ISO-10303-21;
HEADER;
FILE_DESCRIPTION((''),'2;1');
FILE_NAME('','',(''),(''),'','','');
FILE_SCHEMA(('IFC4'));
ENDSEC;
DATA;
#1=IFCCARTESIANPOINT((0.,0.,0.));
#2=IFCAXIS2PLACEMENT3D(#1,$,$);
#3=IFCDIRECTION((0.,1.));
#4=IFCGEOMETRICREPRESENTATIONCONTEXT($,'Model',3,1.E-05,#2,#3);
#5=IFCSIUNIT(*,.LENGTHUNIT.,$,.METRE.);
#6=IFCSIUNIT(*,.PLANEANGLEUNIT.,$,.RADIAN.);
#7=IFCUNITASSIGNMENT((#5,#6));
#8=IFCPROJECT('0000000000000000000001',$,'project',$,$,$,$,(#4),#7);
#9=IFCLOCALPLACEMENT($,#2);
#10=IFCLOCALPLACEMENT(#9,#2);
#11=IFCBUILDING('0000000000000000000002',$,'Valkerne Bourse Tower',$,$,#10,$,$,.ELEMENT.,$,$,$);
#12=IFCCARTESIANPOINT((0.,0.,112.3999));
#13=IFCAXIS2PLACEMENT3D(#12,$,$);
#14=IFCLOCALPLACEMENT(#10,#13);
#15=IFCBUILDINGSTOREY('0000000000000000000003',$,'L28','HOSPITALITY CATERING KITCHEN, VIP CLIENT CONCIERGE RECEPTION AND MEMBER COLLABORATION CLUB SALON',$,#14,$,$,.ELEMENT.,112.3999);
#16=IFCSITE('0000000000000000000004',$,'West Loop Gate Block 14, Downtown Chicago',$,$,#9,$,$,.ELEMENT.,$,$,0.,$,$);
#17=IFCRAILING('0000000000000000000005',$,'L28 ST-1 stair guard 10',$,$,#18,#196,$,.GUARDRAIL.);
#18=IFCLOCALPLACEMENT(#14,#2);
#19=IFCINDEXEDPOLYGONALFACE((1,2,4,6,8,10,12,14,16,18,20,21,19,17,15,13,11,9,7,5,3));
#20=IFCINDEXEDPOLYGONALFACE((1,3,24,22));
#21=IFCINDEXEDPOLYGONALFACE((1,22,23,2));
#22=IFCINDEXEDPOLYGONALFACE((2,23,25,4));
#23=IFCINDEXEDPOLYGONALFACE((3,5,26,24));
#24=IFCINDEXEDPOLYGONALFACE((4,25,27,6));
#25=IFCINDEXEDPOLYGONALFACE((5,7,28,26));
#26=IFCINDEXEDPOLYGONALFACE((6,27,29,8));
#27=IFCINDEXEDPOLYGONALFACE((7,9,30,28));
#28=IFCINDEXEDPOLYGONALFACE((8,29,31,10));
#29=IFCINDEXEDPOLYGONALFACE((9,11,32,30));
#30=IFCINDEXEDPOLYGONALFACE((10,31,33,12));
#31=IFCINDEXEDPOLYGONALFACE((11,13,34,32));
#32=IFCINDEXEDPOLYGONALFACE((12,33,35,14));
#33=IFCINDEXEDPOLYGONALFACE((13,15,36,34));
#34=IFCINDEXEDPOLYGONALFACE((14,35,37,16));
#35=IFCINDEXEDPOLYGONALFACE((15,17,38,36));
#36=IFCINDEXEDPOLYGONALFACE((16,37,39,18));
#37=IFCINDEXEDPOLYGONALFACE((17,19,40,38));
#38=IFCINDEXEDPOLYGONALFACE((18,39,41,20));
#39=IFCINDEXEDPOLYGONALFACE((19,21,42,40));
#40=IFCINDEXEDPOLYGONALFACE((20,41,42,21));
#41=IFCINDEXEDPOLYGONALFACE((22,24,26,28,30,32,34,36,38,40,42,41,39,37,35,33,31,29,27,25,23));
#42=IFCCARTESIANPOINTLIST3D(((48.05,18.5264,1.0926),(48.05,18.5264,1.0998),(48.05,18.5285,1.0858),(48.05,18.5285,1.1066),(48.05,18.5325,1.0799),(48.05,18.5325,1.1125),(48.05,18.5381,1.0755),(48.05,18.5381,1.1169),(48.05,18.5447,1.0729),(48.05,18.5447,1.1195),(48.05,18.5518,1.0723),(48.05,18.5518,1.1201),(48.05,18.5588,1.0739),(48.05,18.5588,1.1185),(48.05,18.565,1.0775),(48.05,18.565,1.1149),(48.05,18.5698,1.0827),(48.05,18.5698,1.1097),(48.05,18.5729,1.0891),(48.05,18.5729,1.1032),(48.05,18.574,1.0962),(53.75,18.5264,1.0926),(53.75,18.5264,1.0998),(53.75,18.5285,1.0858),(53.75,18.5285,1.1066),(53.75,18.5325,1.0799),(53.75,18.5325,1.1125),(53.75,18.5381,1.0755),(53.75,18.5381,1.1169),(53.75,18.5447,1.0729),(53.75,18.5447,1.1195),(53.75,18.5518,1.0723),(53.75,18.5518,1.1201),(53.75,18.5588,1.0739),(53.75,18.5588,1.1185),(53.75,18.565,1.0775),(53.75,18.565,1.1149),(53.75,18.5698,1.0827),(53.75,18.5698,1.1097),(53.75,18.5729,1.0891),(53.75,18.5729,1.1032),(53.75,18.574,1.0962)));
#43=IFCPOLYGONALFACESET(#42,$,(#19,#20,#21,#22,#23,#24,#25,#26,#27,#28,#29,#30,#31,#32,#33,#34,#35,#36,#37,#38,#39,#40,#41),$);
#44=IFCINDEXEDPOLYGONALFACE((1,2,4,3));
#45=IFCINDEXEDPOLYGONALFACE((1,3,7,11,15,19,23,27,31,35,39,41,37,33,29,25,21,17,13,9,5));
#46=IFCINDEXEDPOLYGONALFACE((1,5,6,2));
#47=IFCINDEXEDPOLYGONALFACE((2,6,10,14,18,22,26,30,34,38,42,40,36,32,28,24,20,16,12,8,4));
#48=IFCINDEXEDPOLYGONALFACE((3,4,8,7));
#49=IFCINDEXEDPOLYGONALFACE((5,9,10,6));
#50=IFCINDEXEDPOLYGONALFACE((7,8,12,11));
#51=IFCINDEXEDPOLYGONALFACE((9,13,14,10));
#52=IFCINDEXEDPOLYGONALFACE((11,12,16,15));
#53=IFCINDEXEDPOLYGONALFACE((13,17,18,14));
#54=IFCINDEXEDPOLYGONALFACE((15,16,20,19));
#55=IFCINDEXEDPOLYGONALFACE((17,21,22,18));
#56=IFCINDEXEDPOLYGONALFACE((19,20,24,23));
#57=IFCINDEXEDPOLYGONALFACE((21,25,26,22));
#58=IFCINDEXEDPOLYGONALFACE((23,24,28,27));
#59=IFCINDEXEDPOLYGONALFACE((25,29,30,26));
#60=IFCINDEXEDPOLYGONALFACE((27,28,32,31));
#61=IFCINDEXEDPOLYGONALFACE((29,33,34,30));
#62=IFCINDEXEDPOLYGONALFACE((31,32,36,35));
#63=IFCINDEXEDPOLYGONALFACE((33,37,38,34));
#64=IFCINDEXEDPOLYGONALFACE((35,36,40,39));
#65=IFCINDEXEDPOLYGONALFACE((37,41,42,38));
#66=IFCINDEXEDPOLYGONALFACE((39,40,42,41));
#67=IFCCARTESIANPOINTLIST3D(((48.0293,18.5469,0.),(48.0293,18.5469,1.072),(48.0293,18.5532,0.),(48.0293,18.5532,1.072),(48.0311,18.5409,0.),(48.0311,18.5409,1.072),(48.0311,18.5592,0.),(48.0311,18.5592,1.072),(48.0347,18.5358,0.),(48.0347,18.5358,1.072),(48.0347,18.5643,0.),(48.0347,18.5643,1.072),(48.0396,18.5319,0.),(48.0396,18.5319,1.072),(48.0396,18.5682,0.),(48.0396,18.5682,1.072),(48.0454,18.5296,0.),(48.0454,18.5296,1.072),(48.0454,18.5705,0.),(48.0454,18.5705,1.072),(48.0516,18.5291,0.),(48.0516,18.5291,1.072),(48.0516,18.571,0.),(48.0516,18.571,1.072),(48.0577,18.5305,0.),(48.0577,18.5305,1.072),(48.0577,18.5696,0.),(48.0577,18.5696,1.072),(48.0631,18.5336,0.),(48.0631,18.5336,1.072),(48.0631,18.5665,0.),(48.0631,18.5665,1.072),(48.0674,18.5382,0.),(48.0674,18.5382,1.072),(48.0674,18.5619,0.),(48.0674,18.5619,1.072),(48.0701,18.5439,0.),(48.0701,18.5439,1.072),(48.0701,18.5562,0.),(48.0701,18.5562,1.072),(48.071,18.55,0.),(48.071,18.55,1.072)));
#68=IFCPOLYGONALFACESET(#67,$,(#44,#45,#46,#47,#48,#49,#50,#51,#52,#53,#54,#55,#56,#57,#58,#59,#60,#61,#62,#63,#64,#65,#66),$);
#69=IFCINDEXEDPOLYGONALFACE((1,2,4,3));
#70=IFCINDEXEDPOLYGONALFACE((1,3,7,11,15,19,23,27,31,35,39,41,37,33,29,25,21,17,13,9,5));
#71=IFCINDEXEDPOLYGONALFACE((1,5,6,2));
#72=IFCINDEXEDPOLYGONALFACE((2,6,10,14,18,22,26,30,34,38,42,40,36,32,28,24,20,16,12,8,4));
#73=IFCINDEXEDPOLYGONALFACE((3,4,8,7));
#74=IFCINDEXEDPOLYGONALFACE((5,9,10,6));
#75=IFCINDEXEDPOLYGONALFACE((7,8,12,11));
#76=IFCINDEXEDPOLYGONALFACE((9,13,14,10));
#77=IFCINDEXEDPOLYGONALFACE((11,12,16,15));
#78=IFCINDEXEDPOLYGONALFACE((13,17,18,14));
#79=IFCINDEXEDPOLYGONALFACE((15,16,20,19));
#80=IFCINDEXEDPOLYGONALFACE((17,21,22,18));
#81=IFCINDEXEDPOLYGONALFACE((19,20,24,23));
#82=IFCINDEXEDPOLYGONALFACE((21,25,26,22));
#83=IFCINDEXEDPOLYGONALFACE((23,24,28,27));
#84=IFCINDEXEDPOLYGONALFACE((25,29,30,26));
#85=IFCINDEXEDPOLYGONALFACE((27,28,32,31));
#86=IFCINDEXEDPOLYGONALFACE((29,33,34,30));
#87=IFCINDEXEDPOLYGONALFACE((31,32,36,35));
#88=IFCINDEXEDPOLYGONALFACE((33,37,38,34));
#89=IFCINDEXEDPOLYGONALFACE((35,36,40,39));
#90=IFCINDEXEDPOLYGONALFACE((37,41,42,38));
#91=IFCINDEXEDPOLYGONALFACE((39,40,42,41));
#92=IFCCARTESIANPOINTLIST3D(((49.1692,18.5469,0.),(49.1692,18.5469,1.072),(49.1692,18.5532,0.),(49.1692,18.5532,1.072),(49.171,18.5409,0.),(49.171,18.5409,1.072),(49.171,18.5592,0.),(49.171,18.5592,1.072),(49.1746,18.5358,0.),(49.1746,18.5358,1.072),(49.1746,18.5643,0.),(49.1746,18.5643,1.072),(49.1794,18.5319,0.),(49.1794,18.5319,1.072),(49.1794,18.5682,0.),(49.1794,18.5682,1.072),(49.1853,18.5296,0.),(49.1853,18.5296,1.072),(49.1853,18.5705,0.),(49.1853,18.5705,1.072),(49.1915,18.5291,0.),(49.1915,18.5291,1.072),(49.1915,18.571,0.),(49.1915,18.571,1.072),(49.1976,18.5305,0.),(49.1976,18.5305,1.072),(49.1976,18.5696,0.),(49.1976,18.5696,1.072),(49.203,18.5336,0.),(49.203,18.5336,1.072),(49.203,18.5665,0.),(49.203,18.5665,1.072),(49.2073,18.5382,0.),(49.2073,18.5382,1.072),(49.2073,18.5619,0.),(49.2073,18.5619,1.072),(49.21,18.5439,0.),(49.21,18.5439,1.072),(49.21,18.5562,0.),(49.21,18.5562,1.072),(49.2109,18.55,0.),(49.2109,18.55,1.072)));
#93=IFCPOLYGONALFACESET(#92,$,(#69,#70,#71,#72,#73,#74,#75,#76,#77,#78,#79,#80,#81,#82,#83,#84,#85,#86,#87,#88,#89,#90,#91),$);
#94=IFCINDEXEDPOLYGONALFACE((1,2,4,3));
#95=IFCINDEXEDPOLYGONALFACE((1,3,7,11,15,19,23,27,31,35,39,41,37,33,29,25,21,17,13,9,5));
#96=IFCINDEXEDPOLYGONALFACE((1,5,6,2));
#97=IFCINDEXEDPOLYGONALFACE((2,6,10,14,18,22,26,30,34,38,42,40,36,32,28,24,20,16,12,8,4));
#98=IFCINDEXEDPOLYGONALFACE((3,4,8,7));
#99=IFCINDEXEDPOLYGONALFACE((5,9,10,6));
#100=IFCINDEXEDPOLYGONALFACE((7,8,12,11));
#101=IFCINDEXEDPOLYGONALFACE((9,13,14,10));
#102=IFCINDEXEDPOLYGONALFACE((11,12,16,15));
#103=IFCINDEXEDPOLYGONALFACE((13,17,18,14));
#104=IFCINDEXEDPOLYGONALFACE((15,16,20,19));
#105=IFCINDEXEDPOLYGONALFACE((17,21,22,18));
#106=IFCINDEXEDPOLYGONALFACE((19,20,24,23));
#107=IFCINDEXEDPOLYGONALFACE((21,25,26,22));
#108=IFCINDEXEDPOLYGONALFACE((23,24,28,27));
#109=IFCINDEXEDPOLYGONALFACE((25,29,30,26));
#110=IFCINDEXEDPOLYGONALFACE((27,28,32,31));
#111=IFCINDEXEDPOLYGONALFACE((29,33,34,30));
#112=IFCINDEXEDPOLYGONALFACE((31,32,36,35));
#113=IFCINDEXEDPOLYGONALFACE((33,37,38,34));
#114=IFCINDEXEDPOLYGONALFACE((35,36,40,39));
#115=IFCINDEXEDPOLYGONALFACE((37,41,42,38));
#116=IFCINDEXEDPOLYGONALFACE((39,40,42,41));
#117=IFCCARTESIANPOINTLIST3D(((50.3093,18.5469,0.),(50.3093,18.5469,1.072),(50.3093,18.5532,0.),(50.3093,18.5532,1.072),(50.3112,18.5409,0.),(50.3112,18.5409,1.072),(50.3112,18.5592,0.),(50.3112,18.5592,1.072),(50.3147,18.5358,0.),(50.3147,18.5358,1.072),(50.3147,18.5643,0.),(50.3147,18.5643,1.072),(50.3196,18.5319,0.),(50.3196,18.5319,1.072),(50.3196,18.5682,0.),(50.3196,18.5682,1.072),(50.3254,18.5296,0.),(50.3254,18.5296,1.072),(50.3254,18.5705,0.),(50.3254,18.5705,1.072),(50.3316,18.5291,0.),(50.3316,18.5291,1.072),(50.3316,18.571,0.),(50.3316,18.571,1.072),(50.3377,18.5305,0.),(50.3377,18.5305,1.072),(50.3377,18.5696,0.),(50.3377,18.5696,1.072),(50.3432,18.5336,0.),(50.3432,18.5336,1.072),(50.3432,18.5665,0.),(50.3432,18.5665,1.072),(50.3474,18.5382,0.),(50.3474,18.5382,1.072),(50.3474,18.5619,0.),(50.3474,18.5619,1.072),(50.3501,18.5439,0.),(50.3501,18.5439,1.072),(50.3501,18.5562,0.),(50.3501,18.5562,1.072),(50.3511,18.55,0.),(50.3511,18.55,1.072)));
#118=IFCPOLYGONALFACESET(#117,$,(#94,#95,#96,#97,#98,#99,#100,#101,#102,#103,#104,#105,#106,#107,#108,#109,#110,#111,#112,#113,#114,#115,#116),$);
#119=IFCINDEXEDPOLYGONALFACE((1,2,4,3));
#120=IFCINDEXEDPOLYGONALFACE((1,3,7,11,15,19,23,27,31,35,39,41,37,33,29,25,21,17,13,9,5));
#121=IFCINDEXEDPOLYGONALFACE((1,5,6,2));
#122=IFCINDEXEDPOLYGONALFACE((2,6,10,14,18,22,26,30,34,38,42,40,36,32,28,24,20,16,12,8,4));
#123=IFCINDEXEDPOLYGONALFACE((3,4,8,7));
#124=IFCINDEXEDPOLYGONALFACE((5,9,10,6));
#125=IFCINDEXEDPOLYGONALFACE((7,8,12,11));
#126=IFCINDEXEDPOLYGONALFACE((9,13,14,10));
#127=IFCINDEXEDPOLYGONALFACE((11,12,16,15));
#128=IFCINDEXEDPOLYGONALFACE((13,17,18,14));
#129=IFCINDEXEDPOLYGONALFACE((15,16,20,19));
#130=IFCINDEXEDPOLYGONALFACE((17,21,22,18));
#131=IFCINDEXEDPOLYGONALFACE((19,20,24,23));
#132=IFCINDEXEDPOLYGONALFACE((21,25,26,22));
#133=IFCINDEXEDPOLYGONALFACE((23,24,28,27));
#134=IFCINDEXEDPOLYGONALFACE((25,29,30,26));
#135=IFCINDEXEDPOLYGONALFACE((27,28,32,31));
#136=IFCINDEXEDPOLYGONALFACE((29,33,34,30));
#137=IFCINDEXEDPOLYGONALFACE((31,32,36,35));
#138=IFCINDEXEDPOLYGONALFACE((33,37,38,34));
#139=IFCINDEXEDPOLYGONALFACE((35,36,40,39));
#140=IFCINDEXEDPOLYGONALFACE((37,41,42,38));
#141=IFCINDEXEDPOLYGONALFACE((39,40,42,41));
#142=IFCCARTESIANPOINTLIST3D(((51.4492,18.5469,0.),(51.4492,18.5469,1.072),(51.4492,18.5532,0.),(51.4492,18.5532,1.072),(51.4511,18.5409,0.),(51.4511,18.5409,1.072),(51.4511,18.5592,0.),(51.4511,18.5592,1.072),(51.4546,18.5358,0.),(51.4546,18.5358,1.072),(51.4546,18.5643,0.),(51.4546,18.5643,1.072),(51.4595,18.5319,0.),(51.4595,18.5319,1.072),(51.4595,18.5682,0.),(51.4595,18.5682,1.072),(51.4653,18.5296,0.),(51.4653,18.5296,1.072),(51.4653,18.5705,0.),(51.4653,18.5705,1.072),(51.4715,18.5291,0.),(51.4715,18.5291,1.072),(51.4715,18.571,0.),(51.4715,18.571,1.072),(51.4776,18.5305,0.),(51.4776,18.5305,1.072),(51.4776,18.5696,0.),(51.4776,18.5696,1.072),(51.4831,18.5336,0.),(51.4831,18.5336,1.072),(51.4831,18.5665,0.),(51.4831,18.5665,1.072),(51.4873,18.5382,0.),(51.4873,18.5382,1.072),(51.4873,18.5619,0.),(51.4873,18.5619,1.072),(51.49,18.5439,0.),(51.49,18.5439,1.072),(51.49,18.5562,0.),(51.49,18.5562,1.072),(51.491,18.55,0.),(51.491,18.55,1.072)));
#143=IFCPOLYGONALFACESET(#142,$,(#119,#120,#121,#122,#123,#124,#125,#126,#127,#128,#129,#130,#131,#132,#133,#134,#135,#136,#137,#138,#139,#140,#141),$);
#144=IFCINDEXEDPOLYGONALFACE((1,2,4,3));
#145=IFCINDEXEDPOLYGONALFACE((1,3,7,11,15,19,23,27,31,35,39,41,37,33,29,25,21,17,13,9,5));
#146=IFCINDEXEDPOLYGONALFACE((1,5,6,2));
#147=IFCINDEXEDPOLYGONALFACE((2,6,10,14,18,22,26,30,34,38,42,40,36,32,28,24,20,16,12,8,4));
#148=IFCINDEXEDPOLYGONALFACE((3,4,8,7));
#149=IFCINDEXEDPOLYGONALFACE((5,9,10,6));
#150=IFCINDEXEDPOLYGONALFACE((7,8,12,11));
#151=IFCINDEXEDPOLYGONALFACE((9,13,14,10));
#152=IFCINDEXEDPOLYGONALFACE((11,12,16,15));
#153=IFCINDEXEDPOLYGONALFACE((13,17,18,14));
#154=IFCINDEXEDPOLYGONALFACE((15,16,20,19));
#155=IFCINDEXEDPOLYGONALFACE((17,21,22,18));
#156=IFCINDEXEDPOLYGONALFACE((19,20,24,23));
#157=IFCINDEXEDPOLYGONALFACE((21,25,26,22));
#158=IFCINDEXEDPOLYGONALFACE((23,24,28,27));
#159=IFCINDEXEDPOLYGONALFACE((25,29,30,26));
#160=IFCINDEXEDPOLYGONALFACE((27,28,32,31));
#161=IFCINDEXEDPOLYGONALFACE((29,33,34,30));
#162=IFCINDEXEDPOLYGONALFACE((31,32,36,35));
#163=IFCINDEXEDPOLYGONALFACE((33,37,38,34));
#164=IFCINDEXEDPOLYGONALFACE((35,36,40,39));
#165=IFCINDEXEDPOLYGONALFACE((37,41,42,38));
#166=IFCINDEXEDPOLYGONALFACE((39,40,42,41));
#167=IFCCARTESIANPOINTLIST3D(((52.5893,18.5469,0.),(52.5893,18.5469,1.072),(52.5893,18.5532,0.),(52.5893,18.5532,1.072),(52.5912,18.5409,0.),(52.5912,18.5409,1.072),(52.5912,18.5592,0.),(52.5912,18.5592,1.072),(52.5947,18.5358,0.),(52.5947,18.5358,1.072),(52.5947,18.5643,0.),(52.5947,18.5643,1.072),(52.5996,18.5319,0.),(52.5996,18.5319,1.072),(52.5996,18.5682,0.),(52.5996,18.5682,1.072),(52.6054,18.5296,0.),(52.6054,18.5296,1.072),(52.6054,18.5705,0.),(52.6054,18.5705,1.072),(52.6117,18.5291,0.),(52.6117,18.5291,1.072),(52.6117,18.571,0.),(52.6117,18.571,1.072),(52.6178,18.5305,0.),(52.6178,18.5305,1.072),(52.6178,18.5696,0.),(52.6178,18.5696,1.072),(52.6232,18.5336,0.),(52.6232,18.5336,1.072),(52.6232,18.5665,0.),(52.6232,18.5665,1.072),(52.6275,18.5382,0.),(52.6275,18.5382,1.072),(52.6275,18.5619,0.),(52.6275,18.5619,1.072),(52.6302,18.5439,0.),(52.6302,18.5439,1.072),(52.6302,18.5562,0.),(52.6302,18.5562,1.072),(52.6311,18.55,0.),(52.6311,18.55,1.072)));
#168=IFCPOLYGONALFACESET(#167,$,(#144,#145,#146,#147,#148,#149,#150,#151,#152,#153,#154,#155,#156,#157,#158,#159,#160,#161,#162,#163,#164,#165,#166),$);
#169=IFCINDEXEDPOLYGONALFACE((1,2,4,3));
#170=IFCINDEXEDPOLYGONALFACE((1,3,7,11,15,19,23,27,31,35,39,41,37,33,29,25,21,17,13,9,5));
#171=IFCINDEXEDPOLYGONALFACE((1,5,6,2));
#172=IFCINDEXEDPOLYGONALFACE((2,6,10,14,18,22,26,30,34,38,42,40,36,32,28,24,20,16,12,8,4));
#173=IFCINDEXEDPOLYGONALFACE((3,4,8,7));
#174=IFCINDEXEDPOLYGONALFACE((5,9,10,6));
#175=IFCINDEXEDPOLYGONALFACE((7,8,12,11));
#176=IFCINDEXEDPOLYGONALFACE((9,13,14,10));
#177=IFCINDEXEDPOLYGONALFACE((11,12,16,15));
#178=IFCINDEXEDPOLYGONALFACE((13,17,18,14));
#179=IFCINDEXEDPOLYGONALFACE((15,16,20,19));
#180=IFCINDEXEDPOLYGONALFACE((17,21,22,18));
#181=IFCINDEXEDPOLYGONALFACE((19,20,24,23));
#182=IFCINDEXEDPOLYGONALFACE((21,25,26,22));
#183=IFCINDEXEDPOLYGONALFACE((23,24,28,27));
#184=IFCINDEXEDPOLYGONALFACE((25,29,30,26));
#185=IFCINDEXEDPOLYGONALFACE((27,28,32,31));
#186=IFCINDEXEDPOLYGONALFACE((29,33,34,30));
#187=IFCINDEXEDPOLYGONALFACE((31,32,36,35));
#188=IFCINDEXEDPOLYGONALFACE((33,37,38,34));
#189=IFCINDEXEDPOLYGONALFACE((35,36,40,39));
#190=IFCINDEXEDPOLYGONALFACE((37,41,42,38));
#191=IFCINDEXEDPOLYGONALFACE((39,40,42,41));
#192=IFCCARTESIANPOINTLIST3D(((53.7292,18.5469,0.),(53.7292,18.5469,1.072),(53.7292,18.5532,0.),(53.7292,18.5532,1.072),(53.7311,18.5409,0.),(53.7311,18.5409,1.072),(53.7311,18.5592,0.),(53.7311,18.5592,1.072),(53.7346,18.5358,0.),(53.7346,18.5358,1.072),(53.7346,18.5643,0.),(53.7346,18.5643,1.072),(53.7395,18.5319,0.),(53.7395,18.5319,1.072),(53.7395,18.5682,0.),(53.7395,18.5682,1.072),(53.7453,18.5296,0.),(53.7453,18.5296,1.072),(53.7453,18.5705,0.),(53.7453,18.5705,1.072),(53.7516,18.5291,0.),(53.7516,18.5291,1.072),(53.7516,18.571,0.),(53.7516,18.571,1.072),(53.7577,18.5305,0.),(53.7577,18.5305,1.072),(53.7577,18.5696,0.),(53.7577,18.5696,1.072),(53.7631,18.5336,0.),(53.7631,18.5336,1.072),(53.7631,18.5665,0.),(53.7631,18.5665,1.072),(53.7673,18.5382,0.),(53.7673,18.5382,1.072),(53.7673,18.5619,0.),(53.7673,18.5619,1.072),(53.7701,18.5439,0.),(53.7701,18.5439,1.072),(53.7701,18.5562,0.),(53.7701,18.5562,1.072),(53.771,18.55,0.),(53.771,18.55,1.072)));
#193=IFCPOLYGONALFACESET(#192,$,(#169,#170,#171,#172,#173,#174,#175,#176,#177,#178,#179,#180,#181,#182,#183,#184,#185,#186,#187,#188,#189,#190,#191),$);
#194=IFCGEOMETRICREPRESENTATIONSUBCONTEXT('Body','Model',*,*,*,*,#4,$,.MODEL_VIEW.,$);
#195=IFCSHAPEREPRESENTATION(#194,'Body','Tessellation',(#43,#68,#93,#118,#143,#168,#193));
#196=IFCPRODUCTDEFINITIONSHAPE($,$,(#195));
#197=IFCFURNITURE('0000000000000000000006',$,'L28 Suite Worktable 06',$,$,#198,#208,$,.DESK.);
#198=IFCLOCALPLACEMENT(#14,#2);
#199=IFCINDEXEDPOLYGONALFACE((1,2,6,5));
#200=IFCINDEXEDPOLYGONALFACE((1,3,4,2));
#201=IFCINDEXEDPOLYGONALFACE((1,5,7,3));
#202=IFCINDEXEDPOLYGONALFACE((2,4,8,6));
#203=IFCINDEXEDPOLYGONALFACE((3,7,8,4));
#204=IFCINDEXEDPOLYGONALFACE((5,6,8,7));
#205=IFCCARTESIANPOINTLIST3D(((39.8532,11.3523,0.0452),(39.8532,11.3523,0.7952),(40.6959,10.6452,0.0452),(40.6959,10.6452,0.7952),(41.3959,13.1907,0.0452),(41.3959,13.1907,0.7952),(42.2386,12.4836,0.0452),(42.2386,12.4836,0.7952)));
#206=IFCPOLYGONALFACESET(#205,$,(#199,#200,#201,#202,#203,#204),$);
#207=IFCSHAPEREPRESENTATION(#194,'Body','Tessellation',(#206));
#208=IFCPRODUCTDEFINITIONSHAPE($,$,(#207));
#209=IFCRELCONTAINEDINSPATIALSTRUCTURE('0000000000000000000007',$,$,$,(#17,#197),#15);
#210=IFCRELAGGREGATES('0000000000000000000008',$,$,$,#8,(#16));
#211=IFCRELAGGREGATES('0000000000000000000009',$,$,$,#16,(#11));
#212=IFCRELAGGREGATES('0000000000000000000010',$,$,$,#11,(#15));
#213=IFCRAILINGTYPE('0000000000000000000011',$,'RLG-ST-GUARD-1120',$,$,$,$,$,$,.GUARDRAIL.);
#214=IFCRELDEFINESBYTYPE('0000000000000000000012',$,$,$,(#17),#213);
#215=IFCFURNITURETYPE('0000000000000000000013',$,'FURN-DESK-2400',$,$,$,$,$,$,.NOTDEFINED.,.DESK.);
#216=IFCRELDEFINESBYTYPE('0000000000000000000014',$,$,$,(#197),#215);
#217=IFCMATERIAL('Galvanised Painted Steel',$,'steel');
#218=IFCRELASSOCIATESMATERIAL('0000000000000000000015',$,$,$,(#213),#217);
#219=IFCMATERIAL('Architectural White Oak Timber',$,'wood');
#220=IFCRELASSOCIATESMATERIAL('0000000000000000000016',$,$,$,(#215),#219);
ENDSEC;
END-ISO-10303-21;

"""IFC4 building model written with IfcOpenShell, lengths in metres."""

from ifc_helpers import new_model, si_unit, direction, frame, origin, origin_2d, place, context, subcontext, project, spatial, rectangle, circle, extrude, material, type_object, element, save


model = new_model("IFC4")

# Units and contexts
model_context = context("Model", 3, precision=1e-05, world=origin(), true_north=direction((0.0, 1.0)))
body_context = subcontext(model_context, "Body", "Model", "MODEL_VIEW")
ifc_project = project(units=[si_unit("LENGTHUNIT", "METRE"), si_unit("PLANEANGLEUNIT", "RADIAN")], contexts=[model_context])

# Site, building, storey
site_placement = place(None, origin())
site = spatial("IfcSite", under=ifc_project, at=site_placement, Name="West Loop Gate Block 14, Downtown Chicago", CompositionType="ELEMENT", RefElevation=0.0)
building_placement = place(site_placement, origin())
building = spatial("IfcBuilding", under=site, at=building_placement, Name="Valkerne Bourse Tower", CompositionType="ELEMENT")
storey_placement = place(building_placement, frame((0.0, 0.0, 112.3999)))
storey = spatial("IfcBuildingStorey", under=building, at=storey_placement, Name="L28", Description="HOSPITALITY CATERING KITCHEN, VIP CLIENT CONCIERGE RECEPTION AND MEMBER COLLABORATION CLUB SALON", CompositionType="ELEMENT", Elevation=112.3999)

# Railing
ifc_material_1 = material(Name="Galvanised Painted Steel", Category="steel")
railing_type = type_object("IfcRailingType", Name="RLG-ST-GUARD-1120", PredefinedType="GUARDRAIL", material=ifc_material_1)
railing_placement = place(storey_placement, frame((48.05, 18.55, 0.0)))
element("IfcRailing", 1, at=railing_placement, inside=storey, type_object=railing_type, Name="L28 ST-1 stair guard 10", PredefinedType="GUARDRAIL", context=body_context, shape_type="SweptSolid", body=[
    extrude(circle(Radius=0.0239, at=origin_2d()), frame((0.0, 0.0, 1.0962), z_axis=(1.0, 0.0, 0.0), x_axis=(0.0, 1.0, 0.0)), (0.0, 0.0, 1.0), 5.7),
    extrude(circle(Radius=0.021, at=origin_2d()), origin(), (0.0, 0.0, 1.0), 1.072),
    extrude(circle(Radius=0.021, at=origin_2d()), frame((1.1399, 0.0, 0.0)), (0.0, 0.0, 1.0), 1.072),
    extrude(circle(Radius=0.021, at=origin_2d()), frame((2.28, 0.0, 0.0)), (0.0, 0.0, 1.0), 1.072),
    extrude(circle(Radius=0.021, at=origin_2d()), frame((3.4199, 0.0, 0.0)), (0.0, 0.0, 1.0), 1.072),
    extrude(circle(Radius=0.021, at=origin_2d()), frame((4.5601, 0.0, 0.0)), (0.0, 0.0, 1.0), 1.072),
    extrude(circle(Radius=0.021, at=origin_2d()), frame((5.7, 0.0, 0.0)), (0.0, 0.0, 1.0), 1.072),
])

# Furniture
ifc_material_2 = material(Name="Architectural White Oak Timber", Category="wood")
furniture_type = type_object("IfcFurnitureType", Name="FURN-DESK-2400", AssemblyPlace="NOTDEFINED", PredefinedType="DESK", material=ifc_material_2)
furniture_placement = place(storey_placement, frame((41.0459, 11.918, 0.0452), z_axis=(0.0, 0.0, 1.0), x_axis=(0.642788, 0.766044, 0.0)))
element("IfcFurniture", 2, at=furniture_placement, inside=storey, type_object=furniture_type, Name="L28 Suite Worktable 06", PredefinedType="DESK", context=body_context, shape_type="SweptSolid", body=[
    extrude(rectangle(XDim=2.3999, YDim=1.1001, at=origin_2d()), origin(), (0.0, 0.0, 1.0), 0.75),
])

save(model, "model.ifc")
